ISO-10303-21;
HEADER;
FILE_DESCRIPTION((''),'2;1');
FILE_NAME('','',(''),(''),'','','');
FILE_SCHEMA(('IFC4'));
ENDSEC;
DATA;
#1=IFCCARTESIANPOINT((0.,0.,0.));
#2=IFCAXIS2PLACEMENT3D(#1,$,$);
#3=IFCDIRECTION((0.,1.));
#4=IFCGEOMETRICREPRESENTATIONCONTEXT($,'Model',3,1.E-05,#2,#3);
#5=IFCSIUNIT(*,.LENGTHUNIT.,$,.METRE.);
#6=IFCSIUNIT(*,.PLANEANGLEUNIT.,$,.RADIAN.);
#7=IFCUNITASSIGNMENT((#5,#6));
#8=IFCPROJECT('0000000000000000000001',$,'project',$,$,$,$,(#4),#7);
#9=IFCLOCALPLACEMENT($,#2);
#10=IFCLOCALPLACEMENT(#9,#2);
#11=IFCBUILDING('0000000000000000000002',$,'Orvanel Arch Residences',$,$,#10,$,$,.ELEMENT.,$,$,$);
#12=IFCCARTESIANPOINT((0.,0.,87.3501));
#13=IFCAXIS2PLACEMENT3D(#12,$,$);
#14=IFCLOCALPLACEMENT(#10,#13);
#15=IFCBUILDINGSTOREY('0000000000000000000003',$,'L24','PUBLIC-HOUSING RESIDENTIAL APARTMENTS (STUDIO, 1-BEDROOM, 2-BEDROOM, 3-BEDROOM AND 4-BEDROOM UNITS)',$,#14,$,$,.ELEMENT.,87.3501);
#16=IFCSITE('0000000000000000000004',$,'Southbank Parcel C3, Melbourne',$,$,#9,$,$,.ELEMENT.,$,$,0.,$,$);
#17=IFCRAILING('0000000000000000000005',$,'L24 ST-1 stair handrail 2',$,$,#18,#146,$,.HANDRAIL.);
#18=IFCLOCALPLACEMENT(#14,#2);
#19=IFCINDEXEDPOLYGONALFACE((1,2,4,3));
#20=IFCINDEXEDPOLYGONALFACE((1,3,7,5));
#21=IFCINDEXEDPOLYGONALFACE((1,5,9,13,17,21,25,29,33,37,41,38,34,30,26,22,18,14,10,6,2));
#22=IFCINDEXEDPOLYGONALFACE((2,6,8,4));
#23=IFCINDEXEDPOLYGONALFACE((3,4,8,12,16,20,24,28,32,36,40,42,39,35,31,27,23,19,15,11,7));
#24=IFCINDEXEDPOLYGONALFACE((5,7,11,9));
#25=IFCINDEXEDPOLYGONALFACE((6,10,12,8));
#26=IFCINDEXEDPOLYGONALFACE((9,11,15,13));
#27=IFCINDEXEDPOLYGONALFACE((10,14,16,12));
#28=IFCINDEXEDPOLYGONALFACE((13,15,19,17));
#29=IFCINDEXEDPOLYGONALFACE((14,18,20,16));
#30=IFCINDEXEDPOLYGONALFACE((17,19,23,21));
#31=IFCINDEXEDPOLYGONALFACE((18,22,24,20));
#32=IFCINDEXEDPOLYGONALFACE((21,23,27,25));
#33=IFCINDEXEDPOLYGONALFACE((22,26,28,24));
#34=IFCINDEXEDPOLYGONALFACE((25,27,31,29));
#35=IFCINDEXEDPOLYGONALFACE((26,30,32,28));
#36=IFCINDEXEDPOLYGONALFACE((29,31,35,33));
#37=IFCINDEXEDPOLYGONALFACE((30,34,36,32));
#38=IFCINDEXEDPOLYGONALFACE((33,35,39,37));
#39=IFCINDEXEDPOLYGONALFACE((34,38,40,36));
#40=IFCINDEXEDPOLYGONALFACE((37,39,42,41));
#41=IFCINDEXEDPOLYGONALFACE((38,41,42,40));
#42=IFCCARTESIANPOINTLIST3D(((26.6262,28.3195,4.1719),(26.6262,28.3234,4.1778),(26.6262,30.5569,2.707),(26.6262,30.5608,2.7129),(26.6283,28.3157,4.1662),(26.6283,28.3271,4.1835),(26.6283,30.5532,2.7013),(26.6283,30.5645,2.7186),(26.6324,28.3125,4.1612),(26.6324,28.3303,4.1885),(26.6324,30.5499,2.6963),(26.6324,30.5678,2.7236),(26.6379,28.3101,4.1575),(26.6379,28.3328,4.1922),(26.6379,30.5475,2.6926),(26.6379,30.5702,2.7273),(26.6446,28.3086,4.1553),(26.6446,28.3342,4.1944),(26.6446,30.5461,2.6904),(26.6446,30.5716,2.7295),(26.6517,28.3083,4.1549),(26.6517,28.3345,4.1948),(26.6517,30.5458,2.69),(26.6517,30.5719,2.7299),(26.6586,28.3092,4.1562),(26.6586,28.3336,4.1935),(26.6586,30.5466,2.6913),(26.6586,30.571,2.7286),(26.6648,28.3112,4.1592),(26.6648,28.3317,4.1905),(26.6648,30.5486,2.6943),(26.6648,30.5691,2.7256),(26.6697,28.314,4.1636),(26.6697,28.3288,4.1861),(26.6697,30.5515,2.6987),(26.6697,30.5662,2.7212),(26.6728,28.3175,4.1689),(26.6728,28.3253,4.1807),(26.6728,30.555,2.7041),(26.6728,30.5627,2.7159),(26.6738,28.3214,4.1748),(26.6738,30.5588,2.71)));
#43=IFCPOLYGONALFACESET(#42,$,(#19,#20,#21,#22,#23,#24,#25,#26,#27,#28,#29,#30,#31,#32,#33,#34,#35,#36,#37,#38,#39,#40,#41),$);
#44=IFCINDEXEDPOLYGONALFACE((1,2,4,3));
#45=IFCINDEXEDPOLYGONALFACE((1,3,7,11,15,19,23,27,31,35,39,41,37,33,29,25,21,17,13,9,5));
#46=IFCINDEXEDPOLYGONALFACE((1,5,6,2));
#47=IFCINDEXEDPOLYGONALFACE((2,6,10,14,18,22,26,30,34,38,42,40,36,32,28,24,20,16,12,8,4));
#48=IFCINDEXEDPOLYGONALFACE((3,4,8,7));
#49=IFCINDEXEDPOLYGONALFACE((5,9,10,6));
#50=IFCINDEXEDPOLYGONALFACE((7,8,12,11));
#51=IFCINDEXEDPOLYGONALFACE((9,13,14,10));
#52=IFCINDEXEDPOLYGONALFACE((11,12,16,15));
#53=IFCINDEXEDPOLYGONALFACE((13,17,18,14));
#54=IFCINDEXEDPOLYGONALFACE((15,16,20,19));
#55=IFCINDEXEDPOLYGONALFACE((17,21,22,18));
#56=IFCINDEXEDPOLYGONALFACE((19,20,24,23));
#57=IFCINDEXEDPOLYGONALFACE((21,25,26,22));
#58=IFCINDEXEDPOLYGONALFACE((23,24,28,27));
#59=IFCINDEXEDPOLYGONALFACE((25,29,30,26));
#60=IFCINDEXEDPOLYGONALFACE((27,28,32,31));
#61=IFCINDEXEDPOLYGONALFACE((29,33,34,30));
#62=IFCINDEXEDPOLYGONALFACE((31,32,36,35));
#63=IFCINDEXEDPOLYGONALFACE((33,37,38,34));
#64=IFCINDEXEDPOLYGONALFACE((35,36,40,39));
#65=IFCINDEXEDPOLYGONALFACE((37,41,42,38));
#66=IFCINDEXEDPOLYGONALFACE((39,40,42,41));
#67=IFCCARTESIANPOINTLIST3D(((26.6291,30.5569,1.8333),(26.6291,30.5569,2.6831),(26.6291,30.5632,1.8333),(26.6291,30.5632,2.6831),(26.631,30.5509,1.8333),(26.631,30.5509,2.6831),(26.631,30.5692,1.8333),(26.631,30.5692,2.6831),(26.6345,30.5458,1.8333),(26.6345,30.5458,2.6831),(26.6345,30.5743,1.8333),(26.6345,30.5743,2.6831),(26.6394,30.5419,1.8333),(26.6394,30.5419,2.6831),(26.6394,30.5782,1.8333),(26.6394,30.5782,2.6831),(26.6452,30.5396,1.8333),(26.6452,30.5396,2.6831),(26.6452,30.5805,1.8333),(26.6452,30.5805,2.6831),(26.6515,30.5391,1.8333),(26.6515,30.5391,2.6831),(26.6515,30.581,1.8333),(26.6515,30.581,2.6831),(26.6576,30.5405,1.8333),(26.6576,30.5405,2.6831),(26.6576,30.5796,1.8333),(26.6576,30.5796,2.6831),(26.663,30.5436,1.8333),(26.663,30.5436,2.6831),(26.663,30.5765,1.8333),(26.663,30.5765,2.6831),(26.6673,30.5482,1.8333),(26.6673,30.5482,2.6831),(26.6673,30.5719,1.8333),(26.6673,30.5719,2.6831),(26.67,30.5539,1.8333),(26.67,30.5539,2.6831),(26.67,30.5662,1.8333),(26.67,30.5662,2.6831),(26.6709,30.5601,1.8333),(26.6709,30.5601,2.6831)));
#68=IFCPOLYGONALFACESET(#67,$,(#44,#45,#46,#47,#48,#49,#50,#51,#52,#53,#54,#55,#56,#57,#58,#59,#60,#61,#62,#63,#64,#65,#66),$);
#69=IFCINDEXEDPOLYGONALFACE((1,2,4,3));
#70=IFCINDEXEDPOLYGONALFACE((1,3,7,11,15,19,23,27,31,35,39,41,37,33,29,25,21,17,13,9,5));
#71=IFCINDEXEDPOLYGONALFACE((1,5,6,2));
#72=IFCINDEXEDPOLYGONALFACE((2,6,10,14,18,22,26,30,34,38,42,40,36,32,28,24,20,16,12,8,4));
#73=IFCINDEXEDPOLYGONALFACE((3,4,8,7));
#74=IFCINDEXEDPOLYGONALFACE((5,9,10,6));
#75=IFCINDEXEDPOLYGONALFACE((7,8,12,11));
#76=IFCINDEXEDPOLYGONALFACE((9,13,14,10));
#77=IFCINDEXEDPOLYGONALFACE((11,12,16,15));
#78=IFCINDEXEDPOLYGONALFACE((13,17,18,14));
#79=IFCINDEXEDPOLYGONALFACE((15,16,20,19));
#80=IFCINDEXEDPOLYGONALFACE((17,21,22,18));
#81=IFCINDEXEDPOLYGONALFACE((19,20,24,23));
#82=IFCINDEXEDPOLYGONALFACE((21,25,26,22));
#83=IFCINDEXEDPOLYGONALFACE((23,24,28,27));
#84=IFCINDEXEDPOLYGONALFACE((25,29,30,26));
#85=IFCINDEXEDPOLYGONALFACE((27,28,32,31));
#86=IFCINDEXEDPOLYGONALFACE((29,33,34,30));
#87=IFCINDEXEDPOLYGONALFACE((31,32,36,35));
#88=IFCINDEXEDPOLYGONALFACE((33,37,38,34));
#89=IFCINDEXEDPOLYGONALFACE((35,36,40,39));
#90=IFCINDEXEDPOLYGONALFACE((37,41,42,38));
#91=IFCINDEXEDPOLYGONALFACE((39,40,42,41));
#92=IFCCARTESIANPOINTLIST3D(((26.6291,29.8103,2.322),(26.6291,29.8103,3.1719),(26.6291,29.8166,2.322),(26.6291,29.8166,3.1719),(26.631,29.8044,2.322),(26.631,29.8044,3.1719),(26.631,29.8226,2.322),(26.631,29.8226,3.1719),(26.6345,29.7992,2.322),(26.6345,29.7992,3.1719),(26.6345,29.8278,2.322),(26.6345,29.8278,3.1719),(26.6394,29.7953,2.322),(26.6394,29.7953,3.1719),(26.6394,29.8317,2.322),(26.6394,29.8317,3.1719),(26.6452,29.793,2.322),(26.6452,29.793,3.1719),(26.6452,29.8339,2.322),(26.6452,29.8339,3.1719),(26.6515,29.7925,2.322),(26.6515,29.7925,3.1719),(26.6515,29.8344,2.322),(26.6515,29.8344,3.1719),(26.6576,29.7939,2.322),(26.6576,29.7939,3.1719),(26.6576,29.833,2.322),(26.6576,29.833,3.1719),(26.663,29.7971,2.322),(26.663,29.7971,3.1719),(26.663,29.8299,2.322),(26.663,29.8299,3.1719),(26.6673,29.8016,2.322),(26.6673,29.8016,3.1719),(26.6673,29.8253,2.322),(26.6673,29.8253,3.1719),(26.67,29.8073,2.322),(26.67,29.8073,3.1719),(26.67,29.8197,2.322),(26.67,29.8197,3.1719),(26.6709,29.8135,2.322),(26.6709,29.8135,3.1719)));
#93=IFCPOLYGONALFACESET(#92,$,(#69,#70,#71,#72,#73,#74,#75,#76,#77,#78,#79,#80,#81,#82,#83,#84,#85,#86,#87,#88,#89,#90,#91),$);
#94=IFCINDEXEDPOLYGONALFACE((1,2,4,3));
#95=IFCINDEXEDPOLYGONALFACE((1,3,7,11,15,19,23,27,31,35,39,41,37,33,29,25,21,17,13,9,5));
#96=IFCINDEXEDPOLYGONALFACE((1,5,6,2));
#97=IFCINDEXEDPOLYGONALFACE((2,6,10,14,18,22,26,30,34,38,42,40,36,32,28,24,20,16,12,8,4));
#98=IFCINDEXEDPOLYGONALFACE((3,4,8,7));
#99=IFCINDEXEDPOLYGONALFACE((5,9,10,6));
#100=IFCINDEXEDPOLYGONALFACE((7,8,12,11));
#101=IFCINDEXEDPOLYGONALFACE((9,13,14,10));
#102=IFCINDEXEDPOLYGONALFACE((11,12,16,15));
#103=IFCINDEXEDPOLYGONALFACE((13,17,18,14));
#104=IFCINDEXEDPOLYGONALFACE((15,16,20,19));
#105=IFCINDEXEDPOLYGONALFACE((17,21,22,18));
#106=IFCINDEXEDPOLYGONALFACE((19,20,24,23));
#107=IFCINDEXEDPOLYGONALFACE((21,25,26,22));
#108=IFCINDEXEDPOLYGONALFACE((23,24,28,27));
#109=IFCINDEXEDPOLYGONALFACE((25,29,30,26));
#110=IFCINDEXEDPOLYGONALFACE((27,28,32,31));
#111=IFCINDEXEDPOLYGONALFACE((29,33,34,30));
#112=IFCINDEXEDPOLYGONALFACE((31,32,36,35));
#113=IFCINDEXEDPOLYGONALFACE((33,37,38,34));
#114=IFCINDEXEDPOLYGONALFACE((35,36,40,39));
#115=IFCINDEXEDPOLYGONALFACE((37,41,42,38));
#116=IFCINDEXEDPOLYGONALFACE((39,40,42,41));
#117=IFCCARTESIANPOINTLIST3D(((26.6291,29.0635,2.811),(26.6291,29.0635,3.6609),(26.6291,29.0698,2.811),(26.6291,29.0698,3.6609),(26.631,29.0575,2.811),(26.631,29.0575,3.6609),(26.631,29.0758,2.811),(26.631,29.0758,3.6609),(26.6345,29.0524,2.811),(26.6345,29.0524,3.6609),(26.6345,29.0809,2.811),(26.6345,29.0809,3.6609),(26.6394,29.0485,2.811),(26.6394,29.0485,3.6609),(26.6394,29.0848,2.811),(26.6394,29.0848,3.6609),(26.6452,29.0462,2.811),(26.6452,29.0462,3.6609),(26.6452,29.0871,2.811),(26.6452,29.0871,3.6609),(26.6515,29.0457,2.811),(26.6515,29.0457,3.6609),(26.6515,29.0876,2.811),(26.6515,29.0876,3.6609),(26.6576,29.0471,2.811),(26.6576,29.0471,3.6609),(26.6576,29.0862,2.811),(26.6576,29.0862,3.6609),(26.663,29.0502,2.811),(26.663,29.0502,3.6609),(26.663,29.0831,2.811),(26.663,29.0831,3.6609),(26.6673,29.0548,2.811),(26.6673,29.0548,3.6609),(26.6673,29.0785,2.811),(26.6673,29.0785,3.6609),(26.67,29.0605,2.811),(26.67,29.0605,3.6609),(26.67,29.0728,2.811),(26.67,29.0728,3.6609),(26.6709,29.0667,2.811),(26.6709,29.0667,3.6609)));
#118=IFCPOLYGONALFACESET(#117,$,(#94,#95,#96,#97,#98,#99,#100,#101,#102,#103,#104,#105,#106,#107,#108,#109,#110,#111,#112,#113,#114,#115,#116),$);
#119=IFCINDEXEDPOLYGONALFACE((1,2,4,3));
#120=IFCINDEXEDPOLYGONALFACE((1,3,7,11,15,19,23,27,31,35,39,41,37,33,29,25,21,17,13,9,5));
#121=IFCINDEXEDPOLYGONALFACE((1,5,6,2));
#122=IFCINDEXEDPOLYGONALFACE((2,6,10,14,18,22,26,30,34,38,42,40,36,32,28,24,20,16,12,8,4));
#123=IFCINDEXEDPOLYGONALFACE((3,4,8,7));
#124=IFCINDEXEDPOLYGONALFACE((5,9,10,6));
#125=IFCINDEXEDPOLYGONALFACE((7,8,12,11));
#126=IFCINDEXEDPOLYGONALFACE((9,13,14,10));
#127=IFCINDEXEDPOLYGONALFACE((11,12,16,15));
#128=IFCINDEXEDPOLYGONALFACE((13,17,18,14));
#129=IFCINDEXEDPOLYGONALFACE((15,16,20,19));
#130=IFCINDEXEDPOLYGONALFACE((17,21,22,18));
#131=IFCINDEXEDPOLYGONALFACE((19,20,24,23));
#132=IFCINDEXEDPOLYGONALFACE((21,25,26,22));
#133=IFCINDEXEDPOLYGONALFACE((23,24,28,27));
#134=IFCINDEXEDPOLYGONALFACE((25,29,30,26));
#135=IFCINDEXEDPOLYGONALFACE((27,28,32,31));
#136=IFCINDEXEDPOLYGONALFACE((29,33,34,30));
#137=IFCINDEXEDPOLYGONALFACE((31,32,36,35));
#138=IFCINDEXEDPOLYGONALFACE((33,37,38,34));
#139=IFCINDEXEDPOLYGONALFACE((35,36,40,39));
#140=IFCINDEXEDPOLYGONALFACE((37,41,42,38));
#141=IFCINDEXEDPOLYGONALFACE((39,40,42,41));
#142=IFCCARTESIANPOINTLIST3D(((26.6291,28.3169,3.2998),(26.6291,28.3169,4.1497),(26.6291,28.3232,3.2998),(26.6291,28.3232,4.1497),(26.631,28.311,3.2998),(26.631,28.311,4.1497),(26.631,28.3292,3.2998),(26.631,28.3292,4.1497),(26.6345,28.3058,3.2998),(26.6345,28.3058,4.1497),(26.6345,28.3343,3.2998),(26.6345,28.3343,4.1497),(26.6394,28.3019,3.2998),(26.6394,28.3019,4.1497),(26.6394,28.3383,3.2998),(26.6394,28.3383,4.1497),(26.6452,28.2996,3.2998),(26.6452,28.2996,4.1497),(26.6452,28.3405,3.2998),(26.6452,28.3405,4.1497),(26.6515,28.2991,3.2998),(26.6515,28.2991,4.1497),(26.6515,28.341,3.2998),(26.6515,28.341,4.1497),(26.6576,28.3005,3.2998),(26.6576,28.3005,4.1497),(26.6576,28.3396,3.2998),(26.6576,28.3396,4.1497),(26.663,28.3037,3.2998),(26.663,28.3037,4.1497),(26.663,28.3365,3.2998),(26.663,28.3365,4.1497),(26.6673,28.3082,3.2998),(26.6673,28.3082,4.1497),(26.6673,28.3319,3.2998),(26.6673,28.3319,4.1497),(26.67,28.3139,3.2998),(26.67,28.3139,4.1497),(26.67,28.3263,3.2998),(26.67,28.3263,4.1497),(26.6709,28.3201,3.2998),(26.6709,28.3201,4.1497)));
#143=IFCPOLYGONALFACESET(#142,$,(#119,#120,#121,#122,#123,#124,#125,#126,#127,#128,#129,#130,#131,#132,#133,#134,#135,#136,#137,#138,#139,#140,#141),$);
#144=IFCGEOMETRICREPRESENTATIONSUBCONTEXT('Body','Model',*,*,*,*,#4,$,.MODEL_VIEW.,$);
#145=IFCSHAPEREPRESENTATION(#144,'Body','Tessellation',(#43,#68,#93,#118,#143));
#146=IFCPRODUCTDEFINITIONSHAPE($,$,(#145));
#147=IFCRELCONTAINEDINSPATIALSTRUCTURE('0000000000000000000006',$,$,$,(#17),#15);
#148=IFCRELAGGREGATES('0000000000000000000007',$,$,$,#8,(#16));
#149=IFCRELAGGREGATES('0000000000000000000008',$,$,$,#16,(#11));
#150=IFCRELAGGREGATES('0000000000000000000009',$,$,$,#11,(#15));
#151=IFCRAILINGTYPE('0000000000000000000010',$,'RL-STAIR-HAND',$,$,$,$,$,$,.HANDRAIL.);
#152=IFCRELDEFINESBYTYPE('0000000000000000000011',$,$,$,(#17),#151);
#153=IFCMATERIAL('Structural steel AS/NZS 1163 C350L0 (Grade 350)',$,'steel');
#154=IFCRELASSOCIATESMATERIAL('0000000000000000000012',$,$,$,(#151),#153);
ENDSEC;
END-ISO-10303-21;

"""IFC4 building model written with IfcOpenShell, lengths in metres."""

from ifc_helpers import new_model, si_unit, direction, frame, origin, origin_2d, place, context, subcontext, project, spatial, circle, extrude, material, type_object, element, save


model = new_model("IFC4")

# Units and contexts
model_context = context("Model", 3, precision=1e-05, world=origin(), true_north=direction((0.0, 1.0)))
body_context = subcontext(model_context, "Body", "Model", "MODEL_VIEW")
ifc_project = project(units=[si_unit("LENGTHUNIT", "METRE"), si_unit("PLANEANGLEUNIT", "RADIAN")], contexts=[model_context])

# Site, building, storey
site_placement = place(None, origin())
site = spatial("IfcSite", under=ifc_project, at=site_placement, Name="Southbank Parcel C3, Melbourne", CompositionType="ELEMENT", RefElevation=0.0)
building_placement = place(site_placement, origin())
building = spatial("IfcBuilding", under=site, at=building_placement, Name="Orvanel Arch Residences", CompositionType="ELEMENT")
storey_placement = place(building_placement, frame((0.0, 0.0, 87.3501)))
storey = spatial("IfcBuildingStorey", under=building, at=storey_placement, Name="L24", Description="PUBLIC-HOUSING RESIDENTIAL APARTMENTS (STUDIO, 1-BEDROOM, 2-BEDROOM, 3-BEDROOM AND 4-BEDROOM UNITS)", CompositionType="ELEMENT", Elevation=87.3501)

# Railing
ifc_material_1 = material(Name="Structural steel AS/NZS 1163 C350L0 (Grade 350)", Category="steel")
railing_type_1 = type_object("IfcRailingType", Name="RL-STAIR-HAND", PredefinedType="HANDRAIL", material=ifc_material_1)
railing_1_placement = place(storey_placement, frame((26.6499, 30.5601, 1.8333)))
element("IfcRailing", 1, at=railing_1_placement, inside=storey, type_object=railing_type_1, Name="L24 ST-1 stair handrail 2", PredefinedType="HANDRAIL", context=body_context, shape_type="SweptSolid", body=[
    extrude(circle(Radius=0.0239, at=origin_2d()), frame((0.0, -0.0012, 0.8767), z_axis=(0.0, -0.836637, 0.547758), x_axis=(1.0, 0.0, 0.0)), (0.0, 0.0, 1.0), 2.6743),
    extrude(circle(Radius=0.021, at=origin_2d()), origin(), (0.0, 0.0, 1.0), 0.8499),
    extrude(circle(Radius=0.021, at=origin_2d()), frame((0.0, -0.7466, 0.4888)), (0.0, 0.0, 1.0), 0.8499),
    extrude(circle(Radius=0.021, at=origin_2d()), frame((0.0, -1.4934, 0.9778)), (0.0, 0.0, 1.0), 0.8499),
    extrude(circle(Radius=0.021, at=origin_2d()), frame((0.0, -2.24, 1.4666)), (0.0, 0.0, 1.0), 0.8499),
])

save(model, "model.ifc")
